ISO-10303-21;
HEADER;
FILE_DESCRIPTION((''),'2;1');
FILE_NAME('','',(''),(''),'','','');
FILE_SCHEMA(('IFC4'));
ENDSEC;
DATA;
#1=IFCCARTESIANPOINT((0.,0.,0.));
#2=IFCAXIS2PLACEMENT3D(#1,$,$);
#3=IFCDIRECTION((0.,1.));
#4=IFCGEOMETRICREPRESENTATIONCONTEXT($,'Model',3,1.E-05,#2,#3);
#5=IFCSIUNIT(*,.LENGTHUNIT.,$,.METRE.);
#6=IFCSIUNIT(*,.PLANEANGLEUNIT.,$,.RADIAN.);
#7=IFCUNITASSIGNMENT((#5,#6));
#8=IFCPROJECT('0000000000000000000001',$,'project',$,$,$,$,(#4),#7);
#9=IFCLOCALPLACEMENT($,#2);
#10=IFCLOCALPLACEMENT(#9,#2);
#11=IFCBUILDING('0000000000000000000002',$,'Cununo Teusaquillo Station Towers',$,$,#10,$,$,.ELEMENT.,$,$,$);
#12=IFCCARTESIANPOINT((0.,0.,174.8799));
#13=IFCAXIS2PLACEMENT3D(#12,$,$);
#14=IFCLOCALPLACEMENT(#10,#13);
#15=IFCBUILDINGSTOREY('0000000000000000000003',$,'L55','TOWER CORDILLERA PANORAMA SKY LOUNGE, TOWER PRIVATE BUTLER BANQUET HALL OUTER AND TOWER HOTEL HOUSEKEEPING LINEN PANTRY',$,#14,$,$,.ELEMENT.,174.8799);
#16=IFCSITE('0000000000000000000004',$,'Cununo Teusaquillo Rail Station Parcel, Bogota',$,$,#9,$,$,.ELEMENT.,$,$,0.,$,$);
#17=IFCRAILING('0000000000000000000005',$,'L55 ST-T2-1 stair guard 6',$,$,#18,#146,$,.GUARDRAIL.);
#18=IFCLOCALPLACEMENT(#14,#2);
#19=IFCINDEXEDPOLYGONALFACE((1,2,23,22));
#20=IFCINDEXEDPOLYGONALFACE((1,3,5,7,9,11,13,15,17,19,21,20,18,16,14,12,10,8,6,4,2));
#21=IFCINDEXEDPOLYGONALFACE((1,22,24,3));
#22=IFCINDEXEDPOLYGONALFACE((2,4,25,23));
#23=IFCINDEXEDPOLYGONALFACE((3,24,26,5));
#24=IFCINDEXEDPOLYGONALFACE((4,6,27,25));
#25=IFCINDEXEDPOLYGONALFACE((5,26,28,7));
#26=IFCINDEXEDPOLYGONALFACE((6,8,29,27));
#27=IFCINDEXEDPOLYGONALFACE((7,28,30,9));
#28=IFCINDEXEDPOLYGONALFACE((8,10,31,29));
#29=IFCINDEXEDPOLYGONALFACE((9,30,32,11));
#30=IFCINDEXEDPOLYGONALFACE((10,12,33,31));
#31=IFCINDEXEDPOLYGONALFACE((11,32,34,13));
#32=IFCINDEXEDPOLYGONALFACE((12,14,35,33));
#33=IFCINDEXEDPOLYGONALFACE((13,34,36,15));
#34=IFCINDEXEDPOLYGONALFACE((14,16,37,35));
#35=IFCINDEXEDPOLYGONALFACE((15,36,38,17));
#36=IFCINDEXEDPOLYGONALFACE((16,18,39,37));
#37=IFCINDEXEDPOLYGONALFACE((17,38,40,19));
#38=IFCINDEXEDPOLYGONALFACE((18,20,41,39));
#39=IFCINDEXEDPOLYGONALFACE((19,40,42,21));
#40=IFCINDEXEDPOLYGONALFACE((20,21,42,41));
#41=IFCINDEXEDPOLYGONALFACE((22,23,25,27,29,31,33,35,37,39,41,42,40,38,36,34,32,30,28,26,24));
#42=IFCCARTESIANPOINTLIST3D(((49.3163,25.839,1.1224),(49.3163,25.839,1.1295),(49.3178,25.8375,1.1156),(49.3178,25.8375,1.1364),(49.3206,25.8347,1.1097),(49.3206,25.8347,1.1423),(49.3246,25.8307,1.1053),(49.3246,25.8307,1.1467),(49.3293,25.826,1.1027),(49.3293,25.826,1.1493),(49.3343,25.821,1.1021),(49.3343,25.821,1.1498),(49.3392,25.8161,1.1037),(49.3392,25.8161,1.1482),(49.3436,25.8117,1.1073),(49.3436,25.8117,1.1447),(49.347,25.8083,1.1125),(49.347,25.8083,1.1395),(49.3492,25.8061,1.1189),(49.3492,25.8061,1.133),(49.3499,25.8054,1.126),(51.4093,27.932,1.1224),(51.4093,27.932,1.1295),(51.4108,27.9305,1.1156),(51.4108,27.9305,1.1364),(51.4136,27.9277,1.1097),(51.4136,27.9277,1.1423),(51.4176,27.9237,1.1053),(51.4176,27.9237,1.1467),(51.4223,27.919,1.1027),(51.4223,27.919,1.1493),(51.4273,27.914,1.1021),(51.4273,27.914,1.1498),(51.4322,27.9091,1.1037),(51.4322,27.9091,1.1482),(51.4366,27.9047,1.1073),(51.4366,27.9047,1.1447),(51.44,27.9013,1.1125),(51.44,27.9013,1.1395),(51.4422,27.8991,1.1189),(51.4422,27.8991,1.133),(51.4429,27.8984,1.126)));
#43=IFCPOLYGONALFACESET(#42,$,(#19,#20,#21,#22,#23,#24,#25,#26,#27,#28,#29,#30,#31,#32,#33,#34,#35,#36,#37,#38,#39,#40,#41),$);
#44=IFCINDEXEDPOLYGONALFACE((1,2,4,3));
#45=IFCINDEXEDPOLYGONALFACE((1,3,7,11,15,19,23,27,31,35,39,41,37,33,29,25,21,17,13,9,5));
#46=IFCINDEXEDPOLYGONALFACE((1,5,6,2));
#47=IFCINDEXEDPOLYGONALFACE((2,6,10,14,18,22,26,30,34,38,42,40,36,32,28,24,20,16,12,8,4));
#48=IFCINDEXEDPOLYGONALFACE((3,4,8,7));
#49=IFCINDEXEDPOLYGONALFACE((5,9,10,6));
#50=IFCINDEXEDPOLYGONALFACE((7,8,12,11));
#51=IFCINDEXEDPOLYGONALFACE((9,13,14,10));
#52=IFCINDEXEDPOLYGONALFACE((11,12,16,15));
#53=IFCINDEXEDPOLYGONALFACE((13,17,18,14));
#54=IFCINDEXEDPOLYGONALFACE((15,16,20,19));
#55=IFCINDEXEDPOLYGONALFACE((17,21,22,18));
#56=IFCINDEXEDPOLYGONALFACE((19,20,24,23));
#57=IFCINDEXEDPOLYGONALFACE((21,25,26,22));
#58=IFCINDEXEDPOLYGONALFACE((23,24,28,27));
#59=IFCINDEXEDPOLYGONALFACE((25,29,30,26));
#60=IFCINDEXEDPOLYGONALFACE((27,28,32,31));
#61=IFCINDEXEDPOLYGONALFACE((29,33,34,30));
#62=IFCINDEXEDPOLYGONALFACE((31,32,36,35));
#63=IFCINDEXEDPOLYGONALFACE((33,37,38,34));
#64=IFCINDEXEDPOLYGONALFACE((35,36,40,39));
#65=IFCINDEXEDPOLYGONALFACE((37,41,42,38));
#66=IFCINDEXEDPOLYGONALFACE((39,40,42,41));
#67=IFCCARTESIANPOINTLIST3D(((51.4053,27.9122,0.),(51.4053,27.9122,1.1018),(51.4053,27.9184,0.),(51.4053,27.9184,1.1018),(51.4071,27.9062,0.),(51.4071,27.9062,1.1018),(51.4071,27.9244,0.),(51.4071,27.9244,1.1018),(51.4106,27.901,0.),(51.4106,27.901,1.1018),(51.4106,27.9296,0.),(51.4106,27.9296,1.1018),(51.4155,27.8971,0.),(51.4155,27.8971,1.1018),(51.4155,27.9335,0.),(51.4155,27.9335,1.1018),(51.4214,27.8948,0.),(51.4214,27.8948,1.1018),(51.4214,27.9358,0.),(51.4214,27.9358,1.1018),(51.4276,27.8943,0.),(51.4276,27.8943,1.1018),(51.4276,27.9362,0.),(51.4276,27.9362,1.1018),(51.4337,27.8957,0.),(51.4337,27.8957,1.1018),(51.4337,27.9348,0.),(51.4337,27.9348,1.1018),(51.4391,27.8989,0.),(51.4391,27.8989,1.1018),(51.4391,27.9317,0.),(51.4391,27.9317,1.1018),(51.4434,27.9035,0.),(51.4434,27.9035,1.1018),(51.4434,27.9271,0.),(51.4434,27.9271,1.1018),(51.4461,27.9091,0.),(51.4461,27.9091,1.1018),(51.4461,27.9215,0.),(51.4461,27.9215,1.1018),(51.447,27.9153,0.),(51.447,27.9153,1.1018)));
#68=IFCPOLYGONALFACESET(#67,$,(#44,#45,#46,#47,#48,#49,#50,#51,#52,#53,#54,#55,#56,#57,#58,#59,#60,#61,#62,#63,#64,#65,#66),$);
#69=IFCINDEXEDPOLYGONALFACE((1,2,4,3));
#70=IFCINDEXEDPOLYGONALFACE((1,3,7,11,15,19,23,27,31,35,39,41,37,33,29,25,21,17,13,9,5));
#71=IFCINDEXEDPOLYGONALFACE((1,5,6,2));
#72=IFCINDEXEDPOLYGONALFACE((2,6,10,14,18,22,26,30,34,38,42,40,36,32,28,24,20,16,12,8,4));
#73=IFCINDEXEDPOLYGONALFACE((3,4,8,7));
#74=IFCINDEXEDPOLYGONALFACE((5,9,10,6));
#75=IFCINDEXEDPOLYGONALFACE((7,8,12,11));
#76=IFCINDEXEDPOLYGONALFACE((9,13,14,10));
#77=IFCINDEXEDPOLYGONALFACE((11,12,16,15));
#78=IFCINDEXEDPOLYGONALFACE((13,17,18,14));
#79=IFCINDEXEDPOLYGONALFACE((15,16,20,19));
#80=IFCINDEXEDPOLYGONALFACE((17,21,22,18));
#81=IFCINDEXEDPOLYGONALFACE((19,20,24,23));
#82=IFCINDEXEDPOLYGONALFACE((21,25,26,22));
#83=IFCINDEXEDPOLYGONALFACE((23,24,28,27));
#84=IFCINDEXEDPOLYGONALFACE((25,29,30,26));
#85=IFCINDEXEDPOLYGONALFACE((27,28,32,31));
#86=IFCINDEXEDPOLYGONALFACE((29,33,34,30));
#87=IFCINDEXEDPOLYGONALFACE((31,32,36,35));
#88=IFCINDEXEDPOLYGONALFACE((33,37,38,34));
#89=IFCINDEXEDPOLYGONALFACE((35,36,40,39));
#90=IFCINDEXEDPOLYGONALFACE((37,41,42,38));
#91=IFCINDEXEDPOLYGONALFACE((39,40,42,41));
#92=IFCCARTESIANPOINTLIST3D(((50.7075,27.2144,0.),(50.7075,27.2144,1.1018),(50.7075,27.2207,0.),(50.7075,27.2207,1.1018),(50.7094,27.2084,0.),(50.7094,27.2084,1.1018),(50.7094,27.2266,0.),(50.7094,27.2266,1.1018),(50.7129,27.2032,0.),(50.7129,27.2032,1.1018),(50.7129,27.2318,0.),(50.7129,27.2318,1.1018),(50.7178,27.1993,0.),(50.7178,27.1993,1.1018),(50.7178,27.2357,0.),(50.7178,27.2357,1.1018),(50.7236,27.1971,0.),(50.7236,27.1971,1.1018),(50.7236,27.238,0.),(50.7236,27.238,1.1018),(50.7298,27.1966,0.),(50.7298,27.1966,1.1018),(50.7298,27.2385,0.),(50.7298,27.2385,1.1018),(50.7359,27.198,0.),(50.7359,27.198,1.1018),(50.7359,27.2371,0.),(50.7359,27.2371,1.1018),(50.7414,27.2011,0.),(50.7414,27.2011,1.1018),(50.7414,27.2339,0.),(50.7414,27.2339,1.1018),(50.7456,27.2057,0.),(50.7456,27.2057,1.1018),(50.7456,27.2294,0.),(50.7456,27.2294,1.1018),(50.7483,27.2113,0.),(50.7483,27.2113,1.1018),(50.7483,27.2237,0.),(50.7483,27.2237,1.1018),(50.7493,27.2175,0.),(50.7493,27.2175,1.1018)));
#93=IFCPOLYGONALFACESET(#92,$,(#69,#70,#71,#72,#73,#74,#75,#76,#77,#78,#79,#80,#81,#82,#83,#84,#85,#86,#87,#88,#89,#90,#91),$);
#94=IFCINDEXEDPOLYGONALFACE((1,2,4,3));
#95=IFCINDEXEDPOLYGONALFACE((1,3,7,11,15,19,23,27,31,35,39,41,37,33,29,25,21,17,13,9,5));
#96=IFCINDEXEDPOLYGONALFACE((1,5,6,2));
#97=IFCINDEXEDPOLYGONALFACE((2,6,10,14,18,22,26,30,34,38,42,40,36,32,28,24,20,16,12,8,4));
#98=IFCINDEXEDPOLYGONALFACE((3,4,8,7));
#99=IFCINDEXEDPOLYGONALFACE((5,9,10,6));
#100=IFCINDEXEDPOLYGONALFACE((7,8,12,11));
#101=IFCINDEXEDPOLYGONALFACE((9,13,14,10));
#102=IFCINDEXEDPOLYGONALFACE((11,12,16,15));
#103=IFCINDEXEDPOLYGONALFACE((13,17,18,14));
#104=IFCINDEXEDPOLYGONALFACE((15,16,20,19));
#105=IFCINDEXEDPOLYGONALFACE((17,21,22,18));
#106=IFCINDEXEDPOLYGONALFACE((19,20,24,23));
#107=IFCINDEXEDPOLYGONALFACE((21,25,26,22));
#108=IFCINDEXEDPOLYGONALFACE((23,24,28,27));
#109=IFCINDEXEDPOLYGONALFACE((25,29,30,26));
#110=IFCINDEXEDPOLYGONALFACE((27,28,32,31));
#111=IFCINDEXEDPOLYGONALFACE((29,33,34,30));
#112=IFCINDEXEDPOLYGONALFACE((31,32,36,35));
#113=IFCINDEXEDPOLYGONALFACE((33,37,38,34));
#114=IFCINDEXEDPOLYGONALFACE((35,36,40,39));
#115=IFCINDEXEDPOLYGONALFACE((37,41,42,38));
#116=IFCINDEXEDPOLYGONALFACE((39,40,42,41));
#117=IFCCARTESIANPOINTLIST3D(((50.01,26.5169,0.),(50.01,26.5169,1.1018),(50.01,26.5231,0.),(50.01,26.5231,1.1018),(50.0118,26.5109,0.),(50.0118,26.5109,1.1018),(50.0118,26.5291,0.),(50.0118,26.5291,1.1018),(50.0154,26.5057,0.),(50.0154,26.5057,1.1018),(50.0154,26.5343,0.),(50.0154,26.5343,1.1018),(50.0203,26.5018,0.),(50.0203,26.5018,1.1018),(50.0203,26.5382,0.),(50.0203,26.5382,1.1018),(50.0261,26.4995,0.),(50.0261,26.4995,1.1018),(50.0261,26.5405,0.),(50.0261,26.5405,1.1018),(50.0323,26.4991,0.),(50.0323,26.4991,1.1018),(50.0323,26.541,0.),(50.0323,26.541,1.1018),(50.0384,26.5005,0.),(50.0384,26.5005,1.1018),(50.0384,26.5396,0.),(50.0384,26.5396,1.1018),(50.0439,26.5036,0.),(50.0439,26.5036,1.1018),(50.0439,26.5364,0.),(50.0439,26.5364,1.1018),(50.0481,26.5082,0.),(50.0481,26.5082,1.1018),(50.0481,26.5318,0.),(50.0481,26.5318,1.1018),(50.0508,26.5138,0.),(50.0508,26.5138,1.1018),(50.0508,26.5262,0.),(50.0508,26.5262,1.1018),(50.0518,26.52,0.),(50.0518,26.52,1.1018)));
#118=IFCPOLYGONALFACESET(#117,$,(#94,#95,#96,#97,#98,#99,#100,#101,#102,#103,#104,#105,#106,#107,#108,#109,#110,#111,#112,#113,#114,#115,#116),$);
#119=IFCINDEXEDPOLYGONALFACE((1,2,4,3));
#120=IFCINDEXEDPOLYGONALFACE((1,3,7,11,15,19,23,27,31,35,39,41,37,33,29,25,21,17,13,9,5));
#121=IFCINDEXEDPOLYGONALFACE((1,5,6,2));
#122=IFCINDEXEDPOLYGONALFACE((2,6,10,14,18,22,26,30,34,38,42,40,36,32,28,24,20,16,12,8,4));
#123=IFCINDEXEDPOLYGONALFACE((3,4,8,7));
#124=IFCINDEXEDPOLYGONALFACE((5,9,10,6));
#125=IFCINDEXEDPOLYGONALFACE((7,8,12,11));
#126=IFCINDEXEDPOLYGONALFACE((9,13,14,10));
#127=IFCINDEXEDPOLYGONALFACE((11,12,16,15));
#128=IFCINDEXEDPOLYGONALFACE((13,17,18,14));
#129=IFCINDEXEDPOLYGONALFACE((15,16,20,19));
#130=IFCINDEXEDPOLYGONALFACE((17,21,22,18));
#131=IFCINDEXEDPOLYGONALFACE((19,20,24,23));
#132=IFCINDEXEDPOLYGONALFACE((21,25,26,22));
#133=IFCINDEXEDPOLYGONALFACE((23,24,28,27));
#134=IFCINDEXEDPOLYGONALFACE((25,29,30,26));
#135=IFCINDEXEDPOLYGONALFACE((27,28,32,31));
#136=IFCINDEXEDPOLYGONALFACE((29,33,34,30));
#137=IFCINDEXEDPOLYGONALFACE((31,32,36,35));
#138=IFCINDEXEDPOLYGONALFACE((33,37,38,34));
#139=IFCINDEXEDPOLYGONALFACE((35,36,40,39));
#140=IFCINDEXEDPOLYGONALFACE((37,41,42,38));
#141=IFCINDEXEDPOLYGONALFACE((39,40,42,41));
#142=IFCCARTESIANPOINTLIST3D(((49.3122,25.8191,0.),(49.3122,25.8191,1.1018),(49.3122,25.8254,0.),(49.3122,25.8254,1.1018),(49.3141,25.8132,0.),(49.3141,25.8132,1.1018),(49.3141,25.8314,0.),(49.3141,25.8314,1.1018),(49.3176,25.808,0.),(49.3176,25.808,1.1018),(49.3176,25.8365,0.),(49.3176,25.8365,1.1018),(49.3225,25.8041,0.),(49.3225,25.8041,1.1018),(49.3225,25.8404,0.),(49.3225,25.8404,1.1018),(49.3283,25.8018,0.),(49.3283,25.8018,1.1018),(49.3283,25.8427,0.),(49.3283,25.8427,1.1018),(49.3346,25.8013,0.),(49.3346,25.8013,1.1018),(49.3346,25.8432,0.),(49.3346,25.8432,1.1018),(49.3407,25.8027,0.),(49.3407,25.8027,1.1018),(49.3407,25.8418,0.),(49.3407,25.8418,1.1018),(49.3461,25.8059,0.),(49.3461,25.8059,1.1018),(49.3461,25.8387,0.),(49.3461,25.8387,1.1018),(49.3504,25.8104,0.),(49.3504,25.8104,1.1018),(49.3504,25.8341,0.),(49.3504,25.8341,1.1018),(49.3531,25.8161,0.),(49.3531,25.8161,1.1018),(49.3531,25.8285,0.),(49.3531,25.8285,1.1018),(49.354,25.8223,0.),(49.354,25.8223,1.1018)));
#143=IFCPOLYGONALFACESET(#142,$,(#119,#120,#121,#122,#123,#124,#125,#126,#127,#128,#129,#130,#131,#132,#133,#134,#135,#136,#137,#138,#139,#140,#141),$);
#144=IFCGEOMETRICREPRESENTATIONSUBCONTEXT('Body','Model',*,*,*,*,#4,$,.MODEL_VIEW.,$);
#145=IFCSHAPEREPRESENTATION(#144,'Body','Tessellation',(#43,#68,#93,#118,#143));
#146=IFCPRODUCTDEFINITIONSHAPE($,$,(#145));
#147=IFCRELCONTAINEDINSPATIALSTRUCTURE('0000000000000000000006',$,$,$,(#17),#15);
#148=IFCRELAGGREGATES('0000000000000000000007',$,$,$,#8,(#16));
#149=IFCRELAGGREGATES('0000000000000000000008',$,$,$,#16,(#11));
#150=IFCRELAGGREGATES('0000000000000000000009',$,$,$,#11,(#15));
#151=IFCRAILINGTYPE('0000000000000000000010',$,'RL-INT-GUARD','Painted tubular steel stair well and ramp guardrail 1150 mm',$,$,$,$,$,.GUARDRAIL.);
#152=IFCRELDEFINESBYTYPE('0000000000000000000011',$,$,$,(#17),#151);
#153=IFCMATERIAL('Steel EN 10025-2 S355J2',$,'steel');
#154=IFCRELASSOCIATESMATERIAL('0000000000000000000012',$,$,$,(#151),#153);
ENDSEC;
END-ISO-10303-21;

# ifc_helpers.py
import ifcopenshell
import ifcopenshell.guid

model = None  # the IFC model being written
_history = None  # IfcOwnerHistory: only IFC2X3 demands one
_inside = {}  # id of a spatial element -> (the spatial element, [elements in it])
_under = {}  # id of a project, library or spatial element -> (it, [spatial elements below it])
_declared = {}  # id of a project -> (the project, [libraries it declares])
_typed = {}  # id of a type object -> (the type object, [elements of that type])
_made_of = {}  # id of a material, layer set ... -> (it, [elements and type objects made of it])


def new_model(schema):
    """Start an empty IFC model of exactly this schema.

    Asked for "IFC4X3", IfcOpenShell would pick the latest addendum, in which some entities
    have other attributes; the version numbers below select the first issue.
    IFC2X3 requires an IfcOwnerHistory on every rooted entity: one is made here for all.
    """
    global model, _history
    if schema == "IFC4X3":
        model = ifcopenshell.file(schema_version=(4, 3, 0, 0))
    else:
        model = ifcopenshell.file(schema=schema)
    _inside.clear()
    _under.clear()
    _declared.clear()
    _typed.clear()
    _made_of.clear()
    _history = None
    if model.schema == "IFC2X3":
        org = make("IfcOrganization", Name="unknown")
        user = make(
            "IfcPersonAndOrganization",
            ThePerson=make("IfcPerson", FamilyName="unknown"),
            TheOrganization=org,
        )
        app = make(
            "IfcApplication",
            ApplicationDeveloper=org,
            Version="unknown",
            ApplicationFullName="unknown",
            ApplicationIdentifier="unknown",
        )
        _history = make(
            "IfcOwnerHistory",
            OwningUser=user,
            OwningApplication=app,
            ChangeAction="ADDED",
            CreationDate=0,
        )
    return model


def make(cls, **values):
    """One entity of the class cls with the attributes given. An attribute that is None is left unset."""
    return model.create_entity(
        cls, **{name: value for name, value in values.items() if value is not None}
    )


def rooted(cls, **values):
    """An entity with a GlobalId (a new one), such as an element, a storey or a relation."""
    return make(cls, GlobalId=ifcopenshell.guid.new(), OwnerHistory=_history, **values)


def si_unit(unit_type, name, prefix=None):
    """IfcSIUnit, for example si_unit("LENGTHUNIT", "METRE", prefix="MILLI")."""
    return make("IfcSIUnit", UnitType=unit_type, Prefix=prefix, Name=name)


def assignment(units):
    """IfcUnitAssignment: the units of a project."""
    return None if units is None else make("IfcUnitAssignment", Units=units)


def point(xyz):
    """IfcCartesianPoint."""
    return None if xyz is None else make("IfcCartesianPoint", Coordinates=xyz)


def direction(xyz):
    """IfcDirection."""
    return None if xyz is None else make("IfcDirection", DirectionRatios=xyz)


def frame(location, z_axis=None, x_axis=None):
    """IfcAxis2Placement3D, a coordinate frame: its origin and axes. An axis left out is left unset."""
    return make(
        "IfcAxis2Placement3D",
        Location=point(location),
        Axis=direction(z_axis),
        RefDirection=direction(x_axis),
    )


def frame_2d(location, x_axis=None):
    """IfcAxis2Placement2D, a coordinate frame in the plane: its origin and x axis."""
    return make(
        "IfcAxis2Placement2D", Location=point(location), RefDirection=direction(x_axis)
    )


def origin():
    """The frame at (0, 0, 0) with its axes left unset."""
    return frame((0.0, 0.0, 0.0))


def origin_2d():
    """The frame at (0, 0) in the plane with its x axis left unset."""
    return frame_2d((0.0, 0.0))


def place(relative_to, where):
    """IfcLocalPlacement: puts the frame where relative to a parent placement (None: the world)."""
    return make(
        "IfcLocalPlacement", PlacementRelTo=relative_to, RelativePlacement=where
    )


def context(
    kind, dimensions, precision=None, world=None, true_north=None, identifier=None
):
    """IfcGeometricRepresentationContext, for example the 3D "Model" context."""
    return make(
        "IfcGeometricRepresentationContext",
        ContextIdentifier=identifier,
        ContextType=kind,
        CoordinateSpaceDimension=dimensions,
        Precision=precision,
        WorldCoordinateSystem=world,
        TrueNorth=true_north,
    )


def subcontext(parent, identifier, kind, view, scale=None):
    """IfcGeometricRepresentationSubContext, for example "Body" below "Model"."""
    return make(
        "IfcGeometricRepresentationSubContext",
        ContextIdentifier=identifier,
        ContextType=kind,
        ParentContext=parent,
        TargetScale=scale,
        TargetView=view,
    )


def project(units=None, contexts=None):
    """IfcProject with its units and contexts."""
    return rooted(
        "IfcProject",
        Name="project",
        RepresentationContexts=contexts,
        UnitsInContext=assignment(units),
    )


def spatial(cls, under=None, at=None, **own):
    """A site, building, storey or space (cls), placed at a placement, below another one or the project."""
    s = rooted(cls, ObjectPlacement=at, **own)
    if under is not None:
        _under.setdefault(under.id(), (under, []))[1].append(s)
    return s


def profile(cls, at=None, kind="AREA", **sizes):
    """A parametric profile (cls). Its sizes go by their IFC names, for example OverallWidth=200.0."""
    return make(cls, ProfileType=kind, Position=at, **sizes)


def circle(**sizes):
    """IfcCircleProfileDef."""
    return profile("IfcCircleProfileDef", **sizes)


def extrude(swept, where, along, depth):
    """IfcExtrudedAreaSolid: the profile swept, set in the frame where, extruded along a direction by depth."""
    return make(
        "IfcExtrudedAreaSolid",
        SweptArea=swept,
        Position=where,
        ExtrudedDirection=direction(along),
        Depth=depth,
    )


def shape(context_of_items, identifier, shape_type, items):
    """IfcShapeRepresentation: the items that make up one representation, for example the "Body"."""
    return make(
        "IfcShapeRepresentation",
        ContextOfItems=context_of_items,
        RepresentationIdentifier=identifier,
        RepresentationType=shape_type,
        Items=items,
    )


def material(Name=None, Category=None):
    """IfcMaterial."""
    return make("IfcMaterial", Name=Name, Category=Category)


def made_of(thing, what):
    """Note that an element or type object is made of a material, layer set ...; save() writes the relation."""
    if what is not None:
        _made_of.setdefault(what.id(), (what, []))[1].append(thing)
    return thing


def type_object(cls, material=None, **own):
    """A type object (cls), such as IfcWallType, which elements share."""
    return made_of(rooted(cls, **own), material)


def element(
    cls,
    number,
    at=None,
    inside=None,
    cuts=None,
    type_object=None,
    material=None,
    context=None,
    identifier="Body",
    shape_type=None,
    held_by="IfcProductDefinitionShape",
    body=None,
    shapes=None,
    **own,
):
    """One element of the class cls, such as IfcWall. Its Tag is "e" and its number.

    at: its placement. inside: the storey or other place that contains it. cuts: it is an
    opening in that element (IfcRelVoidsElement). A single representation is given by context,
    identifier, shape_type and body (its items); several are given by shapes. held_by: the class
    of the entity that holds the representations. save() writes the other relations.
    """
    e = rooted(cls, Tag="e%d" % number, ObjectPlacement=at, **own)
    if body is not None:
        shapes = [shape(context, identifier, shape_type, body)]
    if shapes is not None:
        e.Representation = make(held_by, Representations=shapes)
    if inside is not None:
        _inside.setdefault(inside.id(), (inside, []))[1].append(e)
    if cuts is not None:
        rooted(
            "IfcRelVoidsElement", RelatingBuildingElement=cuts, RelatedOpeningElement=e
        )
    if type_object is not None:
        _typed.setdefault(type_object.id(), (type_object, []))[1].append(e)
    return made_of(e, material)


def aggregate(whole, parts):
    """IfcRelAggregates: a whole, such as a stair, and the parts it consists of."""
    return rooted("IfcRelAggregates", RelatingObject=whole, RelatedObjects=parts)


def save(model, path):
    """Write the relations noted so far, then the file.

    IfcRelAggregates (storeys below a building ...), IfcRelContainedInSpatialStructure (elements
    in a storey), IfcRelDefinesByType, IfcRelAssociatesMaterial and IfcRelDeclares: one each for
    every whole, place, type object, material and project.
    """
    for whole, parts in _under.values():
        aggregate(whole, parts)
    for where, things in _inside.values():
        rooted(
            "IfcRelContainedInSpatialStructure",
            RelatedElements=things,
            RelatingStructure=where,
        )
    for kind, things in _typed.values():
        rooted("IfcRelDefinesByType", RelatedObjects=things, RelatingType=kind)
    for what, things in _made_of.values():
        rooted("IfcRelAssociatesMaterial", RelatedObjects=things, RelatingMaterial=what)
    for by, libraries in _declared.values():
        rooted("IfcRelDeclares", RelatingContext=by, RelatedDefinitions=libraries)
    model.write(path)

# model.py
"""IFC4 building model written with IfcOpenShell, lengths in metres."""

from ifc_helpers import new_model, si_unit, direction, frame, origin, origin_2d, place, context, subcontext, project, spatial, circle, extrude, material, type_object, element, save


model = new_model("IFC4")

# Units and contexts
model_context = context("Model", 3, precision=1e-05, world=origin(), true_north=direction((0.0, 1.0)))
body_context = subcontext(model_context, "Body", "Model", "MODEL_VIEW")
ifc_project = project(units=[si_unit("LENGTHUNIT", "METRE"), si_unit("PLANEANGLEUNIT", "RADIAN")], contexts=[model_context])

# Site, building, storey
site_placement = place(None, origin())
site = spatial("IfcSite", under=ifc_project, at=site_placement, Name="Cununo Teusaquillo Rail Station Parcel, Bogota", CompositionType="ELEMENT", RefElevation=0.0)
building_placement = place(site_placement, origin())
building = spatial("IfcBuilding", under=site, at=building_placement, Name="Cununo Teusaquillo Station Towers", CompositionType="ELEMENT")
storey_placement = place(building_placement, frame((0.0, 0.0, 174.8799)))
storey = spatial("IfcBuildingStorey", under=building, at=storey_placement, Name="L55", Description="TOWER CORDILLERA PANORAMA SKY LOUNGE, TOWER PRIVATE BUTLER BANQUET HALL OUTER AND TOWER HOTEL HOUSEKEEPING LINEN PANTRY", CompositionType="ELEMENT", Elevation=174.8799)

# Railing
ifc_material_1 = material(Name="Steel EN 10025-2 S355J2", Category="steel")
railing_type = type_object("IfcRailingType", Name="RL-INT-GUARD", Description="Painted tubular steel stair well and ramp guardrail 1150 mm", PredefinedType="GUARDRAIL", material=ifc_material_1)
railing_1_placement = place(storey_placement, frame((51.426, 27.9153, 0.0)))
element("IfcRailing", 1, at=railing_1_placement, inside=storey, type_object=railing_type, Name="L55 ST-T2-1 stair guard 6", PredefinedType="GUARDRAIL", context=body_context, shape_type="SweptSolid", body=[
    extrude(circle(Radius=0.0239, at=origin_2d()), frame((0.0, 0.0, 1.126), z_axis=(-0.707107, -0.707107, 0.0), x_axis=(0.707107, -0.707107, 0.0)), (0.0, 0.0, 1.0), 2.96),
    extrude(circle(Radius=0.021, at=origin_2d()), origin(), (0.0, 0.0, 1.0), 1.1018),
    extrude(circle(Radius=0.021, at=origin_2d()), frame((-0.6978, -0.6978, 0.0)), (0.0, 0.0, 1.0), 1.1018),
    extrude(circle(Radius=0.021, at=origin_2d()), frame((-1.3953, -1.3953, 0.0)), (0.0, 0.0, 1.0), 1.1018),
    extrude(circle(Radius=0.021, at=origin_2d()), frame((-2.093, -2.093, 0.0)), (0.0, 0.0, 1.0), 1.1018),
])

save(model, "model.ifc")
